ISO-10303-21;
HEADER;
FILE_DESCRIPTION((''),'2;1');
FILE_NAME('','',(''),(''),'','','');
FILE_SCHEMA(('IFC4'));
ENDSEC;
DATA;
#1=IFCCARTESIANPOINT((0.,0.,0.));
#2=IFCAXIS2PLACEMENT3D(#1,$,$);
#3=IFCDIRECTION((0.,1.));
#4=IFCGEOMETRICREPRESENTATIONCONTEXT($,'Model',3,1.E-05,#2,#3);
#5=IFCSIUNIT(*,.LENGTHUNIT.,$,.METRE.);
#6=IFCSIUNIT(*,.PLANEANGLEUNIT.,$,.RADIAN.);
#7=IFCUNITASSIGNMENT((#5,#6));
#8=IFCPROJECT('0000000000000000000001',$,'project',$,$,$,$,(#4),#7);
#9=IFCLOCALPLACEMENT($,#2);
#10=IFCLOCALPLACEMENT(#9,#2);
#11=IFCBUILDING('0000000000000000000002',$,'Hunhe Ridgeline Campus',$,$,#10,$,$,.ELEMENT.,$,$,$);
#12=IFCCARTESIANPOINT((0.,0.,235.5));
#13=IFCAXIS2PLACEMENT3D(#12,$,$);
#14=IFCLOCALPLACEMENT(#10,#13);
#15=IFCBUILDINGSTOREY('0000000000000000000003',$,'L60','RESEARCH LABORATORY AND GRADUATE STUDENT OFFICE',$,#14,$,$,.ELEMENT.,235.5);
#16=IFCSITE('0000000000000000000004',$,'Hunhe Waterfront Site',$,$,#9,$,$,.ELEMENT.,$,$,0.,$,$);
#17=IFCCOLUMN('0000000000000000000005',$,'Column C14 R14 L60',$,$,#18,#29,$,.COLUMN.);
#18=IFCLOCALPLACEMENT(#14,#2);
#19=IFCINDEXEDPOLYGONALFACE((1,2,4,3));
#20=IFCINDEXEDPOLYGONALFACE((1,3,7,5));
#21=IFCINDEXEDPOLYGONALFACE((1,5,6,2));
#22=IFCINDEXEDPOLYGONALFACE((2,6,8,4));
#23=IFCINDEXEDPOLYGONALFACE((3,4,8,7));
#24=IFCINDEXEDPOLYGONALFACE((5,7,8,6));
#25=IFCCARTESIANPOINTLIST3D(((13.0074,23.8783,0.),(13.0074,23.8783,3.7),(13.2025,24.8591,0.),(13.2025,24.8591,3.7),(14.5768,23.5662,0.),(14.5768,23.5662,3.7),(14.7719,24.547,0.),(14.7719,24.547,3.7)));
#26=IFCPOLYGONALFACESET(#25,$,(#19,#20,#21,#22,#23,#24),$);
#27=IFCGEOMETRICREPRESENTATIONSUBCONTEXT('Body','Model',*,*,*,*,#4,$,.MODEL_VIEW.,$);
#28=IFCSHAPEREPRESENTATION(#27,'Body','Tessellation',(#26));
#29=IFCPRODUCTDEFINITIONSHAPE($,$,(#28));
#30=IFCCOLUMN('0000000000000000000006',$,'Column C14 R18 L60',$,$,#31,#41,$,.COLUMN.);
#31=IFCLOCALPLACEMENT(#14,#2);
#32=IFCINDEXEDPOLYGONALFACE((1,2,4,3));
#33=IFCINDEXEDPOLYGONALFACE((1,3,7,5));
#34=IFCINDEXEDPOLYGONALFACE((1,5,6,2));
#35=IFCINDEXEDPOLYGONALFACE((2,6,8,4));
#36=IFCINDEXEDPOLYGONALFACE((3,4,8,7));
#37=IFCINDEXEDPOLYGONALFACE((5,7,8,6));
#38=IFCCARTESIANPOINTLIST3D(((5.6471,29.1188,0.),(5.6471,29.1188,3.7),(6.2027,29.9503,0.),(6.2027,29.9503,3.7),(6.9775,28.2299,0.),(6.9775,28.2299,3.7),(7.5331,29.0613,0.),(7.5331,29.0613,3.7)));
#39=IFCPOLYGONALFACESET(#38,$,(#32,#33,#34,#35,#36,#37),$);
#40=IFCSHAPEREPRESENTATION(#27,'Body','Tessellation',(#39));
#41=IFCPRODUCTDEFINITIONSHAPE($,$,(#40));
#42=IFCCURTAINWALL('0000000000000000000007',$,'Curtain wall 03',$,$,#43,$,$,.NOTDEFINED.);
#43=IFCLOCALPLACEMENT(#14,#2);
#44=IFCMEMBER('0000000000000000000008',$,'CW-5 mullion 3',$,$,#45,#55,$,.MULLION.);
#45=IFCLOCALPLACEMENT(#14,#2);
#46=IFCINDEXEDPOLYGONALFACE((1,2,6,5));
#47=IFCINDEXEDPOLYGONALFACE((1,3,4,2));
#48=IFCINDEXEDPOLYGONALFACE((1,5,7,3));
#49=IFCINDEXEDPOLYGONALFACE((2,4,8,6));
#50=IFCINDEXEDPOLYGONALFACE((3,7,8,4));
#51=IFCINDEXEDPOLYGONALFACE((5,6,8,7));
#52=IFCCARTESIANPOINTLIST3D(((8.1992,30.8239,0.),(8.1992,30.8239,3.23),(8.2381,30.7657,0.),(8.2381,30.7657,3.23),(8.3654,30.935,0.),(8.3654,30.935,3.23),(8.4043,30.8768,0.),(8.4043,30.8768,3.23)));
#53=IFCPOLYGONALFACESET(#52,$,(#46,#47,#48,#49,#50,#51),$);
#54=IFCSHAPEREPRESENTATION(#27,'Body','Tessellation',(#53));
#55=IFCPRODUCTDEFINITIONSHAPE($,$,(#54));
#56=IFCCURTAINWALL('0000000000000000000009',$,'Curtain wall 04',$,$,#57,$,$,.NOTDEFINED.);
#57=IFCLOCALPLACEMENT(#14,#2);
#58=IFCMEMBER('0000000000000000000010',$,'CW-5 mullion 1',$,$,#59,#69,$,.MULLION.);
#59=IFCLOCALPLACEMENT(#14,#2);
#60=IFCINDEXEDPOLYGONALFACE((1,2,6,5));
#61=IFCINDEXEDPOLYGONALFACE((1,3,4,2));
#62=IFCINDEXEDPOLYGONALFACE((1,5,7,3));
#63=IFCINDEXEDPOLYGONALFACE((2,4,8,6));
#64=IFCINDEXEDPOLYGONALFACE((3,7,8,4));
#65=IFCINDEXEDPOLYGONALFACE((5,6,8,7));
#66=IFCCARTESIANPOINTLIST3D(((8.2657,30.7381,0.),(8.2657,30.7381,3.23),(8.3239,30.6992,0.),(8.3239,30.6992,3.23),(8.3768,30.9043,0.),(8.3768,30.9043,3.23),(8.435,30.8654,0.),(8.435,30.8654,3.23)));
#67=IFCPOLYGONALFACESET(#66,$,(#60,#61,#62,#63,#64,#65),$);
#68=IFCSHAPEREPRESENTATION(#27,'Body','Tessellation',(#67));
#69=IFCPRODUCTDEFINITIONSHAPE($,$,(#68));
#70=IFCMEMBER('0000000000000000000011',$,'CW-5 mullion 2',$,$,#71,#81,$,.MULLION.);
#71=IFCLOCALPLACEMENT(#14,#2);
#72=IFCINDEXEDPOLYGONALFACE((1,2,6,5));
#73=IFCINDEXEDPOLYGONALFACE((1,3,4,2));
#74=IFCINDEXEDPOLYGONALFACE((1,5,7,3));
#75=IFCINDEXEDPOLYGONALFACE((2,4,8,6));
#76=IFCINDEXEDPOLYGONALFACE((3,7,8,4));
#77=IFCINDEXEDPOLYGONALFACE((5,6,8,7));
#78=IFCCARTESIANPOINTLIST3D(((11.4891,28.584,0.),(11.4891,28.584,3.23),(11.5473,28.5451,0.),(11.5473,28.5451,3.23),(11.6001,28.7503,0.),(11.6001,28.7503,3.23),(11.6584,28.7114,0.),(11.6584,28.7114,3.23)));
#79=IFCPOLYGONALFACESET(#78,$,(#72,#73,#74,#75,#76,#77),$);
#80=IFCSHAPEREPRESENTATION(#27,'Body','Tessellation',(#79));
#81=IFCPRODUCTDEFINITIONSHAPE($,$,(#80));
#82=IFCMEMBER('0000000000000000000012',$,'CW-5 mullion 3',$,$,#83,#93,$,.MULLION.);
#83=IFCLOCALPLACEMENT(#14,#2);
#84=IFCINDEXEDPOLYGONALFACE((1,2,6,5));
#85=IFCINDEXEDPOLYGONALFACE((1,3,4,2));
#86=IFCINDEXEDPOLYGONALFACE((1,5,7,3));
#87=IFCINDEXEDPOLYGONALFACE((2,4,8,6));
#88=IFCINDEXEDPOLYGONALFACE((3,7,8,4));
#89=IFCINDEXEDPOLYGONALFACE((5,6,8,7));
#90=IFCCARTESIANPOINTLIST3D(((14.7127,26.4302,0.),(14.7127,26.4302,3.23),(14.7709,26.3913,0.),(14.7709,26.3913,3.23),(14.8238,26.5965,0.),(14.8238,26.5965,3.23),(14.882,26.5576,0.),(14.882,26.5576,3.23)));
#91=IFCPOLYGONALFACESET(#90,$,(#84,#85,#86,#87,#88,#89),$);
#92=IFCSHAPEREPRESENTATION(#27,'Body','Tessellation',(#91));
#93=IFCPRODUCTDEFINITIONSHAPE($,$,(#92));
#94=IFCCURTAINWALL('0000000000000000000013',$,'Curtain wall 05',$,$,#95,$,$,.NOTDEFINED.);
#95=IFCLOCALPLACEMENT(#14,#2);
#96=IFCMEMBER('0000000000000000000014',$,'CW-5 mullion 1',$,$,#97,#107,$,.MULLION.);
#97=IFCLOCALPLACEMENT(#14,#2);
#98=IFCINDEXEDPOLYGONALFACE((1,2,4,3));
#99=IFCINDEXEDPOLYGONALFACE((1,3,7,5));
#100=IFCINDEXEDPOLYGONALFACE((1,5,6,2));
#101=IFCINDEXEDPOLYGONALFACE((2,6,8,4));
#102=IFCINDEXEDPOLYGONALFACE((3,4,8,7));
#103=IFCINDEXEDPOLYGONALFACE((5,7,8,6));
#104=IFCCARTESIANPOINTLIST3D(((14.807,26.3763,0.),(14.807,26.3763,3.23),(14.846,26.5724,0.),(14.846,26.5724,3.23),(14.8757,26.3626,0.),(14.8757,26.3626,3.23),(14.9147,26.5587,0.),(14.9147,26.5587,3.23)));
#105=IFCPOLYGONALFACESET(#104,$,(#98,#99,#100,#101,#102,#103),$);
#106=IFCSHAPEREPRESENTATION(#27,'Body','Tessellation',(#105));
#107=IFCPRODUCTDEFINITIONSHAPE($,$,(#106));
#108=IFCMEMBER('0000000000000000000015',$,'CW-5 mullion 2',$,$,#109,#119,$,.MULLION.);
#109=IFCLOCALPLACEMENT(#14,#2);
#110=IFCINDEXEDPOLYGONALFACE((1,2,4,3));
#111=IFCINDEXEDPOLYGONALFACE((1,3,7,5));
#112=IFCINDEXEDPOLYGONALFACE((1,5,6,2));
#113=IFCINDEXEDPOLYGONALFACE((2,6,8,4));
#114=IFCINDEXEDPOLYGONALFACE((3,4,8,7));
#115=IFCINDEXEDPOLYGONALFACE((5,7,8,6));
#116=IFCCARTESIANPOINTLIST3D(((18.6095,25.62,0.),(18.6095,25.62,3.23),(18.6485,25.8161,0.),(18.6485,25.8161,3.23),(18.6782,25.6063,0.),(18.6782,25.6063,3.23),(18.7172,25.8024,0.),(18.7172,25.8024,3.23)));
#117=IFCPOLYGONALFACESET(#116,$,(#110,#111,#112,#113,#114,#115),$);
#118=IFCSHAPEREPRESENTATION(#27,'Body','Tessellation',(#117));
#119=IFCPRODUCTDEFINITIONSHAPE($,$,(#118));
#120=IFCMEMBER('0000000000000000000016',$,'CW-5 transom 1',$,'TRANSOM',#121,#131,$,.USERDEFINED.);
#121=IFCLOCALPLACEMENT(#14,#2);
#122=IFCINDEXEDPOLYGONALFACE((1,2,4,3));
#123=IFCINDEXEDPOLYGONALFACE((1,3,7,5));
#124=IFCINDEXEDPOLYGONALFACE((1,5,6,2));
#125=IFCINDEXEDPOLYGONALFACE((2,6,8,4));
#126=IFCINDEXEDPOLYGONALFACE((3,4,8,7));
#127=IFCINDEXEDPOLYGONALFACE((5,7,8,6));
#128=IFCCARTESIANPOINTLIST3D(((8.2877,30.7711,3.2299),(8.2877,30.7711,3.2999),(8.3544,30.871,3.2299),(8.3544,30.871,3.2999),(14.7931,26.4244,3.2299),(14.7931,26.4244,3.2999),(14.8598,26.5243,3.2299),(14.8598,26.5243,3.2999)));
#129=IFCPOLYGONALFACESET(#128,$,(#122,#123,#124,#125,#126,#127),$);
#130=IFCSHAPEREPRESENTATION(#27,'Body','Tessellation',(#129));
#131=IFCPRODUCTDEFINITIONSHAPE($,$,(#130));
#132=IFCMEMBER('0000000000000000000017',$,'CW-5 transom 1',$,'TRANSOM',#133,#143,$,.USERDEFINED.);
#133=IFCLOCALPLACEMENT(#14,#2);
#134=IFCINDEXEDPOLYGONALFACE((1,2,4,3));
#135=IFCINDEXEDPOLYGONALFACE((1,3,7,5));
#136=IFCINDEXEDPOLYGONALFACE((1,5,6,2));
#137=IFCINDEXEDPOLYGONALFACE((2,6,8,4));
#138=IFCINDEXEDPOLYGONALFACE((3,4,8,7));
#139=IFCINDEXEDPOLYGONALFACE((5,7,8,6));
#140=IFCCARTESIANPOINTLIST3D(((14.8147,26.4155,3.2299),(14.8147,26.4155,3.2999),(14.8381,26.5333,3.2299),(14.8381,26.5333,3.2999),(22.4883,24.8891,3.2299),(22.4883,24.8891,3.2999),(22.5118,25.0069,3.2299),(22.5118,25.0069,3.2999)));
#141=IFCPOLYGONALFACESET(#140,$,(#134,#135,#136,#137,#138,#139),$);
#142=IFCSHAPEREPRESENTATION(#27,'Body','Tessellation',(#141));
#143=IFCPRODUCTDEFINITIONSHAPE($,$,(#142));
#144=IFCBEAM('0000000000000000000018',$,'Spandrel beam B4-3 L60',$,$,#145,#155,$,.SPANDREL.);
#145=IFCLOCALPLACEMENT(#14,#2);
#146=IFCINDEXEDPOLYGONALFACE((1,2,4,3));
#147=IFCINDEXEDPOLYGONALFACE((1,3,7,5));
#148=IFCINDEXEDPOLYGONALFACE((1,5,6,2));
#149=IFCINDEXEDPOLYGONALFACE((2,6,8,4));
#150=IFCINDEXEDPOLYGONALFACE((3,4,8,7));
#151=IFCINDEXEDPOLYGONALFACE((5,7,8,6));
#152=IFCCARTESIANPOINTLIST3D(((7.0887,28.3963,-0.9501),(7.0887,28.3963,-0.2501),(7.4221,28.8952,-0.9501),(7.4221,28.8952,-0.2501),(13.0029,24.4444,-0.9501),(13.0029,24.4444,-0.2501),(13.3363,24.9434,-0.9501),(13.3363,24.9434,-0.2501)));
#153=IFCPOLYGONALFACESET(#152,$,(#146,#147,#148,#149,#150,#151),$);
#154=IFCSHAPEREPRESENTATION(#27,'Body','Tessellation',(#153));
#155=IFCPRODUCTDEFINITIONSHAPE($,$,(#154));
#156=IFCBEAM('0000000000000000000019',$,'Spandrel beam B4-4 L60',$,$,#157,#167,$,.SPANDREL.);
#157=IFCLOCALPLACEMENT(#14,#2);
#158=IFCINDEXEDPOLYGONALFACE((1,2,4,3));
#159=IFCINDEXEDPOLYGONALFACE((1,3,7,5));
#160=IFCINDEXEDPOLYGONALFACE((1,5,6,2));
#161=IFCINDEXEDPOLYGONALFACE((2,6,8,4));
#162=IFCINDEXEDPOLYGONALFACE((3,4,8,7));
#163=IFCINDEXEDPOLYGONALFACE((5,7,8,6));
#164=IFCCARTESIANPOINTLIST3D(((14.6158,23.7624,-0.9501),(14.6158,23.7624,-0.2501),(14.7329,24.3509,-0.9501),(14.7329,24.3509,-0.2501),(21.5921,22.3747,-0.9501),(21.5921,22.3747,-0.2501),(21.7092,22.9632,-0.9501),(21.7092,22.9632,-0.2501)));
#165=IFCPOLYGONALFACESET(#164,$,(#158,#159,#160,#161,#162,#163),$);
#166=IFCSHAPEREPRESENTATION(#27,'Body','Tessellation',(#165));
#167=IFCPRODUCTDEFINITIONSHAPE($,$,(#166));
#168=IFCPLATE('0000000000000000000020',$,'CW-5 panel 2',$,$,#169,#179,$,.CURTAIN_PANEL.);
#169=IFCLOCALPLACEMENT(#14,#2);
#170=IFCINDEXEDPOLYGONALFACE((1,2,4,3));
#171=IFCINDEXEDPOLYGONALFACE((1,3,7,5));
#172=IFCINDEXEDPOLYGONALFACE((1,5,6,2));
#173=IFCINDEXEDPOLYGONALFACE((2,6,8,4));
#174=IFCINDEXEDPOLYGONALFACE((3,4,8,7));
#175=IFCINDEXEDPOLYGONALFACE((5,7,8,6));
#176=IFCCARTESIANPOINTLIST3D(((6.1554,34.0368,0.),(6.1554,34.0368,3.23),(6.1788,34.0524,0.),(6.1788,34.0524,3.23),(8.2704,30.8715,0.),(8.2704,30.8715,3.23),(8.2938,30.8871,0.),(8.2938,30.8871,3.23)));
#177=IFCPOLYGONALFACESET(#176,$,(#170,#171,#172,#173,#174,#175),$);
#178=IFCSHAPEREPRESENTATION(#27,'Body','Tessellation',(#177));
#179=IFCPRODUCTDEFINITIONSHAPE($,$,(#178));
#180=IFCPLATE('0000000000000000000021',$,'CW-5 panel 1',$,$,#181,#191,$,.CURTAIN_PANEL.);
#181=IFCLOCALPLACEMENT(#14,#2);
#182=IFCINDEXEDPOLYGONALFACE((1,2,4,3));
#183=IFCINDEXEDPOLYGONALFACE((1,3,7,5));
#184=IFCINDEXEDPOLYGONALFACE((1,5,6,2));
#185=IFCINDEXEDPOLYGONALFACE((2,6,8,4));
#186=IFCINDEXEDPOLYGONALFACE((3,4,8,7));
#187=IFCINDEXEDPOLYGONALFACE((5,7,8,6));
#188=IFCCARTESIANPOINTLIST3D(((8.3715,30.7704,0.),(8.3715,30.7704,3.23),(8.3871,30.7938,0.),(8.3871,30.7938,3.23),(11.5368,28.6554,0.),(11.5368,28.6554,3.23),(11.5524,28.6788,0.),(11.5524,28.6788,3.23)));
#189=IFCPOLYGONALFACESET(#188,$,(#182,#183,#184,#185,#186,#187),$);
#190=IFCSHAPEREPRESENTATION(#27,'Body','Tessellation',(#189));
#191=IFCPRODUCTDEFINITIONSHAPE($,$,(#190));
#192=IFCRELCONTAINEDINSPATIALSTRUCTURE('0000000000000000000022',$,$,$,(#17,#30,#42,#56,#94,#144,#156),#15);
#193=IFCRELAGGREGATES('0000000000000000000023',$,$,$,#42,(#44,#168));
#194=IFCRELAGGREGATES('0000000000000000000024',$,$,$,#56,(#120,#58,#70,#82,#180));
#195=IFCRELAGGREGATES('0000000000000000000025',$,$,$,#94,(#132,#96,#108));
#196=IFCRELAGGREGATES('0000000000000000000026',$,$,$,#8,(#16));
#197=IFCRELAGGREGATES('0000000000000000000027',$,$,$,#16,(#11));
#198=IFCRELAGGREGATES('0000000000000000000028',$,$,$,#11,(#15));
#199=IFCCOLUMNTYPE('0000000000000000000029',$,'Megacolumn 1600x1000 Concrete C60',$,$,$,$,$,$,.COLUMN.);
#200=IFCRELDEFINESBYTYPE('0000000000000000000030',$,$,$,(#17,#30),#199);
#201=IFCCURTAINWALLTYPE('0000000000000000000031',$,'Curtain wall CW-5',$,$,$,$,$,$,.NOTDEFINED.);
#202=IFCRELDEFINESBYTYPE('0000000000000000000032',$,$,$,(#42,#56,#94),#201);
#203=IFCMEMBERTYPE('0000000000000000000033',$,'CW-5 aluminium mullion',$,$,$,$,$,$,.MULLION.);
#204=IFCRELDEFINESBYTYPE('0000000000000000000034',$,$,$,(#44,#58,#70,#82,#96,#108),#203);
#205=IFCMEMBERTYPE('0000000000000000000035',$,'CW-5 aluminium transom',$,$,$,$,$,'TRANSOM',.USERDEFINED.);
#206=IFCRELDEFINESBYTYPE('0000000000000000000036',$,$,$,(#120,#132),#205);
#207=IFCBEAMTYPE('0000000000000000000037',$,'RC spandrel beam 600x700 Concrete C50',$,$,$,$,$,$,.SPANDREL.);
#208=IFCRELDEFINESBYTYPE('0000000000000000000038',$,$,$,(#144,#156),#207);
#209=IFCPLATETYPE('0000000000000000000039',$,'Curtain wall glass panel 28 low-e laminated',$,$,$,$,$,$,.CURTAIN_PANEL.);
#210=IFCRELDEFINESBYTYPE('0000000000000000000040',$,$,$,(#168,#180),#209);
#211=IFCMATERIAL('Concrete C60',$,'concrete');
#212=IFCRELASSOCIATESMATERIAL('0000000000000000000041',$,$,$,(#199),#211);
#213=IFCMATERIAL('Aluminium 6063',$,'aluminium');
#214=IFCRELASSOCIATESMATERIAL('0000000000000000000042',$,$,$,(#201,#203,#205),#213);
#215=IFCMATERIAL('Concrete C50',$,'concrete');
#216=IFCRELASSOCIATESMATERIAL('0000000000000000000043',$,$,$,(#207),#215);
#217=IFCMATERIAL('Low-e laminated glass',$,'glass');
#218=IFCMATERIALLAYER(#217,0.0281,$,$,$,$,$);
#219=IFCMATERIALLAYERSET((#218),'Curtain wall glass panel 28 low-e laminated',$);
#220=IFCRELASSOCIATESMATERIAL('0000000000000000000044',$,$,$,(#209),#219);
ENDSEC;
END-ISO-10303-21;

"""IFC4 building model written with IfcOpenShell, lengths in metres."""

from ifc_helpers import new_model, si_unit, direction, frame, origin, origin_2d, place, context, subcontext, project, spatial, rectangle, extrude, material, layer, layer_set, material_profile, profile_set, type_object, element, aggregate, save


model = new_model("IFC4")

# Units and contexts
model_context = context("Model", 3, precision=1e-05, world=origin(), true_north=direction((0.0, 1.0)))
body_context = subcontext(model_context, "Body", "Model", "MODEL_VIEW")
ifc_project = project(units=[si_unit("LENGTHUNIT", "METRE"), si_unit("PLANEANGLEUNIT", "RADIAN")], contexts=[model_context])

# Site, building, storey
site_placement = place(None, origin())
site = spatial("IfcSite", under=ifc_project, at=site_placement, Name="Hunhe Waterfront Site", CompositionType="ELEMENT", RefElevation=0.0)
building_placement = place(site_placement, origin())
building = spatial("IfcBuilding", under=site, at=building_placement, Name="Hunhe Ridgeline Campus", CompositionType="ELEMENT")
storey_placement = place(building_placement, frame((0.0, 0.0, 235.5)))
storey = spatial("IfcBuildingStorey", under=building, at=storey_placement, Name="L60", Description="RESEARCH LABORATORY AND GRADUATE STUDENT OFFICE", CompositionType="ELEMENT", Elevation=235.5)

# Columns
ifc_material_1 = material(Name="Concrete C60", Category="concrete")
ifc_material_profile_1 = material_profile(ifc_material_1, rectangle(XDim=1.6001, YDim=1.0, at=origin_2d()))
ifc_profile_set_1 = profile_set([ifc_material_profile_1], Name="Concrete C60")
column_type = type_object("IfcColumnType", Name="Megacolumn 1600x1000 Concrete C60", PredefinedType="COLUMN", material=ifc_profile_set_1)
for number, where, z_axis, x_axis, name in (
    (1, (13.8896, 24.2126, 0.0), (0.0, 0.0, 1.0), (-0.980785, 0.19509, 0.0), "Column C14 R14 L60"),
    (2, (6.5901, 29.0901, 0.0), (0.0, 0.0, 1.0), (-0.83147, 0.55557, 0.0), "Column C14 R18 L60"),
):
    element("IfcColumn", number, at=place(storey_placement, frame(where, z_axis=z_axis, x_axis=x_axis)), inside=storey, type_object=column_type, Name=name, PredefinedType="COLUMN", context=body_context, shape_type="SweptSolid", body=[
        extrude(rectangle(XDim=1.6001, YDim=1.0, at=origin_2d()), origin(), (0.0, 0.0, 1.0), 3.7),
    ])

# Curtain wall, member
ifc_material_2 = material(Name="Aluminium 6063", Category="aluminium")
curtain_wall_type = type_object("IfcCurtainWallType", Name="Curtain wall CW-5", PredefinedType="NOTDEFINED", material=ifc_material_2)
curtain_wall_1_placement = place(storey_placement, origin())
curtain_wall_1 = element("IfcCurtainWall", 3, at=curtain_wall_1_placement, inside=storey, type_object=curtain_wall_type, Name="Curtain wall 03", PredefinedType="NOTDEFINED")
ifc_material_profile_2 = material_profile(ifc_material_2, rectangle(XDim=0.2, YDim=0.0701, at=origin_2d()))
ifc_profile_set_2 = profile_set([ifc_material_profile_2], Name="Aluminium 6063")
member_type_1 = type_object("IfcMemberType", Name="CW-5 aluminium mullion", PredefinedType="MULLION", material=ifc_profile_set_2)
member_1_placement = place(storey_placement, frame((8.3018, 30.8503, 0.0), z_axis=(0.0, 0.0, 1.0), x_axis=(0.83147, 0.55557, 0.0)))
member_1 = element("IfcMember", 4, at=member_1_placement, type_object=member_type_1, Name="CW-5 mullion 3", PredefinedType="MULLION", context=body_context, shape_type="SweptSolid", body=[
    extrude(rectangle(XDim=0.2, YDim=0.0701, at=origin_2d()), origin(), (0.0, 0.0, 1.0), 3.23),
])

# Curtain walls, members
curtain_wall_2_placement = place(storey_placement, origin())
curtain_wall_2 = element("IfcCurtainWall", 5, at=curtain_wall_2_placement, inside=storey, type_object=curtain_wall_type, Name="Curtain wall 04", PredefinedType="NOTDEFINED")
member_2_placement = place(storey_placement, frame((8.3503, 30.8018, 0.0), z_axis=(0.0, 0.0, 1.0), x_axis=(0.55557, 0.83147, 0.0)))
member_2 = element("IfcMember", 6, at=member_2_placement, type_object=member_type_1, Name="CW-5 mullion 1", PredefinedType="MULLION", context=body_context, shape_type="SweptSolid", body=[
    extrude(rectangle(XDim=0.2, YDim=0.0701, at=origin_2d()), origin(), (0.0, 0.0, 1.0), 3.23),
])
member_3_placement = place(storey_placement, frame((11.5737, 28.6477, 0.0), z_axis=(0.0, 0.0, 1.0), x_axis=(0.55557, 0.83147, 0.0)))
member_3 = element("IfcMember", 7, at=member_3_placement, type_object=member_type_1, Name="CW-5 mullion 2", PredefinedType="MULLION", context=body_context, shape_type="SweptSolid", body=[
    extrude(rectangle(XDim=0.2, YDim=0.0701, at=origin_2d()), origin(), (0.0, 0.0, 1.0), 3.23),
])
member_4_placement = place(storey_placement, frame((14.7974, 26.4939, 0.0), z_axis=(0.0, 0.0, 1.0), x_axis=(0.55557, 0.83147, 0.0)))
member_4 = element("IfcMember", 8, at=member_4_placement, type_object=member_type_1, Name="CW-5 mullion 3", PredefinedType="MULLION", context=body_context, shape_type="SweptSolid", body=[
    extrude(rectangle(XDim=0.2, YDim=0.0701, at=origin_2d()), origin(), (0.0, 0.0, 1.0), 3.23),
])
curtain_wall_3_placement = place(storey_placement, origin())
curtain_wall_3 = element("IfcCurtainWall", 9, at=curtain_wall_3_placement, inside=storey, type_object=curtain_wall_type, Name="Curtain wall 05", PredefinedType="NOTDEFINED")
member_5_placement = place(storey_placement, frame((14.8608, 26.4675, 0.0), z_axis=(0.0, 0.0, 1.0), x_axis=(0.19509, 0.980785, 0.0)))
member_5 = element("IfcMember", 10, at=member_5_placement, type_object=member_type_1, Name="CW-5 mullion 1", PredefinedType="MULLION", context=body_context, shape_type="SweptSolid", body=[
    extrude(rectangle(XDim=0.2, YDim=0.0701, at=origin_2d()), origin(), (0.0, 0.0, 1.0), 3.23),
])
member_6_placement = place(storey_placement, frame((18.6633, 25.7112, 0.0), z_axis=(0.0, 0.0, 1.0), x_axis=(0.19509, 0.980785, 0.0)))
member_6 = element("IfcMember", 11, at=member_6_placement, type_object=member_type_1, Name="CW-5 mullion 2", PredefinedType="MULLION", context=body_context, shape_type="SweptSolid", body=[
    extrude(rectangle(XDim=0.2, YDim=0.0701, at=origin_2d()), origin(), (0.0, 0.0, 1.0), 3.23),
])

# Members
ifc_material_profile_3 = material_profile(ifc_material_2, rectangle(XDim=0.1201, YDim=0.0701, at=origin_2d()))
ifc_profile_set_3 = profile_set([ifc_material_profile_3], Name="Aluminium 6063")
member_type_2 = type_object("IfcMemberType", Name="CW-5 aluminium transom", ElementType="TRANSOM", PredefinedType="USERDEFINED", material=ifc_profile_set_3)
member_7_placement = place(storey_placement, frame((8.321, 30.821, 3.2649), z_axis=(0.831474, -0.555564, 0.0), x_axis=(0.555564, 0.831474, 0.0)))
member_7 = element("IfcMember", 12, at=member_7_placement, type_object=member_type_2, Name="CW-5 transom 1", ObjectType="TRANSOM", PredefinedType="USERDEFINED", context=body_context, shape_type="SweptSolid", body=[
    extrude(rectangle(XDim=0.1201, YDim=0.0701, at=origin_2d()), origin(), (0.0, 0.0, 1.0), 7.824),
])
member_8_placement = place(storey_placement, frame((14.8264, 26.4744, 3.2649), z_axis=(0.980785, -0.19509, 0.0), x_axis=(0.19509, 0.980785, 0.0)))
member_8 = element("IfcMember", 13, at=member_8_placement, type_object=member_type_2, Name="CW-5 transom 1", ObjectType="TRANSOM", PredefinedType="USERDEFINED", context=body_context, shape_type="SweptSolid", body=[
    extrude(rectangle(XDim=0.1201, YDim=0.0701, at=origin_2d()), origin(), (0.0, 0.0, 1.0), 7.824),
])

# Beams
ifc_material_3 = material(Name="Concrete C50", Category="concrete")
ifc_material_profile_4 = material_profile(ifc_material_3, rectangle(XDim=0.6001, YDim=0.7, at=origin_2d()))
ifc_profile_set_4 = profile_set([ifc_material_profile_4], Name="Concrete C50")
beam_type = type_object("IfcBeamType", Name="RC spandrel beam 600x700 Concrete C50", PredefinedType="SPANDREL", material=ifc_profile_set_4)
for number, where, z_axis, x_axis, name in (
    (14, (7.2554, 28.6458, -0.6001), (0.831464, -0.555579, 0.0), (0.555579, 0.831464, 0.0), "Spandrel beam B4-3 L60"),
    (15, (14.6743, 24.0566, -0.6001), (0.980785, -0.195093, 0.0), (0.195093, 0.980785, 0.0), "Spandrel beam B4-4 L60"),
):
    element("IfcBeam", number, at=place(storey_placement, frame(where, z_axis=z_axis, x_axis=x_axis)), inside=storey, type_object=beam_type, Name=name, PredefinedType="SPANDREL", context=body_context, shape_type="SweptSolid", body=[
        extrude(rectangle(XDim=0.6001, YDim=0.7, at=origin_2d()), origin(), (0.0, 0.0, 1.0), 7.113),
    ])

# Plates
ifc_material_4 = material(Name="Low-e laminated glass", Category="glass")
ifc_layer_1 = layer(ifc_material_4, 0.0281)
ifc_layer_set_1 = layer_set([ifc_layer_1], Name="Curtain wall glass panel 28 low-e laminated")
plate_type = type_object("IfcPlateType", Name="Curtain wall glass panel 28 low-e laminated", PredefinedType="CURTAIN_PANEL", material=ifc_layer_set_1)
plate_1_placement = place(storey_placement, frame((7.2246, 32.4619, 0.0), z_axis=(0.0, 0.0, 1.0), x_axis=(0.55557, -0.83147, 0.0)))
plate_1 = element("IfcPlate", 16, at=plate_1_placement, type_object=plate_type, Name="CW-5 panel 2", PredefinedType="CURTAIN_PANEL", context=body_context, shape_type="SweptSolid", body=[
    extrude(rectangle(XDim=3.8069, YDim=0.0281, at=origin_2d()), origin(), (0.0, 0.0, 1.0), 3.23),
])
aggregate(curtain_wall_1, [member_1, plate_1])
plate_2_placement = place(storey_placement, frame((9.9619, 29.7246, 0.0), z_axis=(0.0, 0.0, 1.0), x_axis=(0.83147, -0.55557, 0.0)))
plate_2 = element("IfcPlate", 17, at=plate_2_placement, type_object=plate_type, Name="CW-5 panel 1", PredefinedType="CURTAIN_PANEL", context=body_context, shape_type="SweptSolid", body=[
    extrude(rectangle(XDim=3.8069, YDim=0.0281, at=origin_2d()), origin(), (0.0, 0.0, 1.0), 3.23),
])
aggregate(curtain_wall_2, [member_7, member_2, member_3, member_4, plate_2])
aggregate(curtain_wall_3, [member_8, member_5, member_6])

save(model, "model.ifc")
